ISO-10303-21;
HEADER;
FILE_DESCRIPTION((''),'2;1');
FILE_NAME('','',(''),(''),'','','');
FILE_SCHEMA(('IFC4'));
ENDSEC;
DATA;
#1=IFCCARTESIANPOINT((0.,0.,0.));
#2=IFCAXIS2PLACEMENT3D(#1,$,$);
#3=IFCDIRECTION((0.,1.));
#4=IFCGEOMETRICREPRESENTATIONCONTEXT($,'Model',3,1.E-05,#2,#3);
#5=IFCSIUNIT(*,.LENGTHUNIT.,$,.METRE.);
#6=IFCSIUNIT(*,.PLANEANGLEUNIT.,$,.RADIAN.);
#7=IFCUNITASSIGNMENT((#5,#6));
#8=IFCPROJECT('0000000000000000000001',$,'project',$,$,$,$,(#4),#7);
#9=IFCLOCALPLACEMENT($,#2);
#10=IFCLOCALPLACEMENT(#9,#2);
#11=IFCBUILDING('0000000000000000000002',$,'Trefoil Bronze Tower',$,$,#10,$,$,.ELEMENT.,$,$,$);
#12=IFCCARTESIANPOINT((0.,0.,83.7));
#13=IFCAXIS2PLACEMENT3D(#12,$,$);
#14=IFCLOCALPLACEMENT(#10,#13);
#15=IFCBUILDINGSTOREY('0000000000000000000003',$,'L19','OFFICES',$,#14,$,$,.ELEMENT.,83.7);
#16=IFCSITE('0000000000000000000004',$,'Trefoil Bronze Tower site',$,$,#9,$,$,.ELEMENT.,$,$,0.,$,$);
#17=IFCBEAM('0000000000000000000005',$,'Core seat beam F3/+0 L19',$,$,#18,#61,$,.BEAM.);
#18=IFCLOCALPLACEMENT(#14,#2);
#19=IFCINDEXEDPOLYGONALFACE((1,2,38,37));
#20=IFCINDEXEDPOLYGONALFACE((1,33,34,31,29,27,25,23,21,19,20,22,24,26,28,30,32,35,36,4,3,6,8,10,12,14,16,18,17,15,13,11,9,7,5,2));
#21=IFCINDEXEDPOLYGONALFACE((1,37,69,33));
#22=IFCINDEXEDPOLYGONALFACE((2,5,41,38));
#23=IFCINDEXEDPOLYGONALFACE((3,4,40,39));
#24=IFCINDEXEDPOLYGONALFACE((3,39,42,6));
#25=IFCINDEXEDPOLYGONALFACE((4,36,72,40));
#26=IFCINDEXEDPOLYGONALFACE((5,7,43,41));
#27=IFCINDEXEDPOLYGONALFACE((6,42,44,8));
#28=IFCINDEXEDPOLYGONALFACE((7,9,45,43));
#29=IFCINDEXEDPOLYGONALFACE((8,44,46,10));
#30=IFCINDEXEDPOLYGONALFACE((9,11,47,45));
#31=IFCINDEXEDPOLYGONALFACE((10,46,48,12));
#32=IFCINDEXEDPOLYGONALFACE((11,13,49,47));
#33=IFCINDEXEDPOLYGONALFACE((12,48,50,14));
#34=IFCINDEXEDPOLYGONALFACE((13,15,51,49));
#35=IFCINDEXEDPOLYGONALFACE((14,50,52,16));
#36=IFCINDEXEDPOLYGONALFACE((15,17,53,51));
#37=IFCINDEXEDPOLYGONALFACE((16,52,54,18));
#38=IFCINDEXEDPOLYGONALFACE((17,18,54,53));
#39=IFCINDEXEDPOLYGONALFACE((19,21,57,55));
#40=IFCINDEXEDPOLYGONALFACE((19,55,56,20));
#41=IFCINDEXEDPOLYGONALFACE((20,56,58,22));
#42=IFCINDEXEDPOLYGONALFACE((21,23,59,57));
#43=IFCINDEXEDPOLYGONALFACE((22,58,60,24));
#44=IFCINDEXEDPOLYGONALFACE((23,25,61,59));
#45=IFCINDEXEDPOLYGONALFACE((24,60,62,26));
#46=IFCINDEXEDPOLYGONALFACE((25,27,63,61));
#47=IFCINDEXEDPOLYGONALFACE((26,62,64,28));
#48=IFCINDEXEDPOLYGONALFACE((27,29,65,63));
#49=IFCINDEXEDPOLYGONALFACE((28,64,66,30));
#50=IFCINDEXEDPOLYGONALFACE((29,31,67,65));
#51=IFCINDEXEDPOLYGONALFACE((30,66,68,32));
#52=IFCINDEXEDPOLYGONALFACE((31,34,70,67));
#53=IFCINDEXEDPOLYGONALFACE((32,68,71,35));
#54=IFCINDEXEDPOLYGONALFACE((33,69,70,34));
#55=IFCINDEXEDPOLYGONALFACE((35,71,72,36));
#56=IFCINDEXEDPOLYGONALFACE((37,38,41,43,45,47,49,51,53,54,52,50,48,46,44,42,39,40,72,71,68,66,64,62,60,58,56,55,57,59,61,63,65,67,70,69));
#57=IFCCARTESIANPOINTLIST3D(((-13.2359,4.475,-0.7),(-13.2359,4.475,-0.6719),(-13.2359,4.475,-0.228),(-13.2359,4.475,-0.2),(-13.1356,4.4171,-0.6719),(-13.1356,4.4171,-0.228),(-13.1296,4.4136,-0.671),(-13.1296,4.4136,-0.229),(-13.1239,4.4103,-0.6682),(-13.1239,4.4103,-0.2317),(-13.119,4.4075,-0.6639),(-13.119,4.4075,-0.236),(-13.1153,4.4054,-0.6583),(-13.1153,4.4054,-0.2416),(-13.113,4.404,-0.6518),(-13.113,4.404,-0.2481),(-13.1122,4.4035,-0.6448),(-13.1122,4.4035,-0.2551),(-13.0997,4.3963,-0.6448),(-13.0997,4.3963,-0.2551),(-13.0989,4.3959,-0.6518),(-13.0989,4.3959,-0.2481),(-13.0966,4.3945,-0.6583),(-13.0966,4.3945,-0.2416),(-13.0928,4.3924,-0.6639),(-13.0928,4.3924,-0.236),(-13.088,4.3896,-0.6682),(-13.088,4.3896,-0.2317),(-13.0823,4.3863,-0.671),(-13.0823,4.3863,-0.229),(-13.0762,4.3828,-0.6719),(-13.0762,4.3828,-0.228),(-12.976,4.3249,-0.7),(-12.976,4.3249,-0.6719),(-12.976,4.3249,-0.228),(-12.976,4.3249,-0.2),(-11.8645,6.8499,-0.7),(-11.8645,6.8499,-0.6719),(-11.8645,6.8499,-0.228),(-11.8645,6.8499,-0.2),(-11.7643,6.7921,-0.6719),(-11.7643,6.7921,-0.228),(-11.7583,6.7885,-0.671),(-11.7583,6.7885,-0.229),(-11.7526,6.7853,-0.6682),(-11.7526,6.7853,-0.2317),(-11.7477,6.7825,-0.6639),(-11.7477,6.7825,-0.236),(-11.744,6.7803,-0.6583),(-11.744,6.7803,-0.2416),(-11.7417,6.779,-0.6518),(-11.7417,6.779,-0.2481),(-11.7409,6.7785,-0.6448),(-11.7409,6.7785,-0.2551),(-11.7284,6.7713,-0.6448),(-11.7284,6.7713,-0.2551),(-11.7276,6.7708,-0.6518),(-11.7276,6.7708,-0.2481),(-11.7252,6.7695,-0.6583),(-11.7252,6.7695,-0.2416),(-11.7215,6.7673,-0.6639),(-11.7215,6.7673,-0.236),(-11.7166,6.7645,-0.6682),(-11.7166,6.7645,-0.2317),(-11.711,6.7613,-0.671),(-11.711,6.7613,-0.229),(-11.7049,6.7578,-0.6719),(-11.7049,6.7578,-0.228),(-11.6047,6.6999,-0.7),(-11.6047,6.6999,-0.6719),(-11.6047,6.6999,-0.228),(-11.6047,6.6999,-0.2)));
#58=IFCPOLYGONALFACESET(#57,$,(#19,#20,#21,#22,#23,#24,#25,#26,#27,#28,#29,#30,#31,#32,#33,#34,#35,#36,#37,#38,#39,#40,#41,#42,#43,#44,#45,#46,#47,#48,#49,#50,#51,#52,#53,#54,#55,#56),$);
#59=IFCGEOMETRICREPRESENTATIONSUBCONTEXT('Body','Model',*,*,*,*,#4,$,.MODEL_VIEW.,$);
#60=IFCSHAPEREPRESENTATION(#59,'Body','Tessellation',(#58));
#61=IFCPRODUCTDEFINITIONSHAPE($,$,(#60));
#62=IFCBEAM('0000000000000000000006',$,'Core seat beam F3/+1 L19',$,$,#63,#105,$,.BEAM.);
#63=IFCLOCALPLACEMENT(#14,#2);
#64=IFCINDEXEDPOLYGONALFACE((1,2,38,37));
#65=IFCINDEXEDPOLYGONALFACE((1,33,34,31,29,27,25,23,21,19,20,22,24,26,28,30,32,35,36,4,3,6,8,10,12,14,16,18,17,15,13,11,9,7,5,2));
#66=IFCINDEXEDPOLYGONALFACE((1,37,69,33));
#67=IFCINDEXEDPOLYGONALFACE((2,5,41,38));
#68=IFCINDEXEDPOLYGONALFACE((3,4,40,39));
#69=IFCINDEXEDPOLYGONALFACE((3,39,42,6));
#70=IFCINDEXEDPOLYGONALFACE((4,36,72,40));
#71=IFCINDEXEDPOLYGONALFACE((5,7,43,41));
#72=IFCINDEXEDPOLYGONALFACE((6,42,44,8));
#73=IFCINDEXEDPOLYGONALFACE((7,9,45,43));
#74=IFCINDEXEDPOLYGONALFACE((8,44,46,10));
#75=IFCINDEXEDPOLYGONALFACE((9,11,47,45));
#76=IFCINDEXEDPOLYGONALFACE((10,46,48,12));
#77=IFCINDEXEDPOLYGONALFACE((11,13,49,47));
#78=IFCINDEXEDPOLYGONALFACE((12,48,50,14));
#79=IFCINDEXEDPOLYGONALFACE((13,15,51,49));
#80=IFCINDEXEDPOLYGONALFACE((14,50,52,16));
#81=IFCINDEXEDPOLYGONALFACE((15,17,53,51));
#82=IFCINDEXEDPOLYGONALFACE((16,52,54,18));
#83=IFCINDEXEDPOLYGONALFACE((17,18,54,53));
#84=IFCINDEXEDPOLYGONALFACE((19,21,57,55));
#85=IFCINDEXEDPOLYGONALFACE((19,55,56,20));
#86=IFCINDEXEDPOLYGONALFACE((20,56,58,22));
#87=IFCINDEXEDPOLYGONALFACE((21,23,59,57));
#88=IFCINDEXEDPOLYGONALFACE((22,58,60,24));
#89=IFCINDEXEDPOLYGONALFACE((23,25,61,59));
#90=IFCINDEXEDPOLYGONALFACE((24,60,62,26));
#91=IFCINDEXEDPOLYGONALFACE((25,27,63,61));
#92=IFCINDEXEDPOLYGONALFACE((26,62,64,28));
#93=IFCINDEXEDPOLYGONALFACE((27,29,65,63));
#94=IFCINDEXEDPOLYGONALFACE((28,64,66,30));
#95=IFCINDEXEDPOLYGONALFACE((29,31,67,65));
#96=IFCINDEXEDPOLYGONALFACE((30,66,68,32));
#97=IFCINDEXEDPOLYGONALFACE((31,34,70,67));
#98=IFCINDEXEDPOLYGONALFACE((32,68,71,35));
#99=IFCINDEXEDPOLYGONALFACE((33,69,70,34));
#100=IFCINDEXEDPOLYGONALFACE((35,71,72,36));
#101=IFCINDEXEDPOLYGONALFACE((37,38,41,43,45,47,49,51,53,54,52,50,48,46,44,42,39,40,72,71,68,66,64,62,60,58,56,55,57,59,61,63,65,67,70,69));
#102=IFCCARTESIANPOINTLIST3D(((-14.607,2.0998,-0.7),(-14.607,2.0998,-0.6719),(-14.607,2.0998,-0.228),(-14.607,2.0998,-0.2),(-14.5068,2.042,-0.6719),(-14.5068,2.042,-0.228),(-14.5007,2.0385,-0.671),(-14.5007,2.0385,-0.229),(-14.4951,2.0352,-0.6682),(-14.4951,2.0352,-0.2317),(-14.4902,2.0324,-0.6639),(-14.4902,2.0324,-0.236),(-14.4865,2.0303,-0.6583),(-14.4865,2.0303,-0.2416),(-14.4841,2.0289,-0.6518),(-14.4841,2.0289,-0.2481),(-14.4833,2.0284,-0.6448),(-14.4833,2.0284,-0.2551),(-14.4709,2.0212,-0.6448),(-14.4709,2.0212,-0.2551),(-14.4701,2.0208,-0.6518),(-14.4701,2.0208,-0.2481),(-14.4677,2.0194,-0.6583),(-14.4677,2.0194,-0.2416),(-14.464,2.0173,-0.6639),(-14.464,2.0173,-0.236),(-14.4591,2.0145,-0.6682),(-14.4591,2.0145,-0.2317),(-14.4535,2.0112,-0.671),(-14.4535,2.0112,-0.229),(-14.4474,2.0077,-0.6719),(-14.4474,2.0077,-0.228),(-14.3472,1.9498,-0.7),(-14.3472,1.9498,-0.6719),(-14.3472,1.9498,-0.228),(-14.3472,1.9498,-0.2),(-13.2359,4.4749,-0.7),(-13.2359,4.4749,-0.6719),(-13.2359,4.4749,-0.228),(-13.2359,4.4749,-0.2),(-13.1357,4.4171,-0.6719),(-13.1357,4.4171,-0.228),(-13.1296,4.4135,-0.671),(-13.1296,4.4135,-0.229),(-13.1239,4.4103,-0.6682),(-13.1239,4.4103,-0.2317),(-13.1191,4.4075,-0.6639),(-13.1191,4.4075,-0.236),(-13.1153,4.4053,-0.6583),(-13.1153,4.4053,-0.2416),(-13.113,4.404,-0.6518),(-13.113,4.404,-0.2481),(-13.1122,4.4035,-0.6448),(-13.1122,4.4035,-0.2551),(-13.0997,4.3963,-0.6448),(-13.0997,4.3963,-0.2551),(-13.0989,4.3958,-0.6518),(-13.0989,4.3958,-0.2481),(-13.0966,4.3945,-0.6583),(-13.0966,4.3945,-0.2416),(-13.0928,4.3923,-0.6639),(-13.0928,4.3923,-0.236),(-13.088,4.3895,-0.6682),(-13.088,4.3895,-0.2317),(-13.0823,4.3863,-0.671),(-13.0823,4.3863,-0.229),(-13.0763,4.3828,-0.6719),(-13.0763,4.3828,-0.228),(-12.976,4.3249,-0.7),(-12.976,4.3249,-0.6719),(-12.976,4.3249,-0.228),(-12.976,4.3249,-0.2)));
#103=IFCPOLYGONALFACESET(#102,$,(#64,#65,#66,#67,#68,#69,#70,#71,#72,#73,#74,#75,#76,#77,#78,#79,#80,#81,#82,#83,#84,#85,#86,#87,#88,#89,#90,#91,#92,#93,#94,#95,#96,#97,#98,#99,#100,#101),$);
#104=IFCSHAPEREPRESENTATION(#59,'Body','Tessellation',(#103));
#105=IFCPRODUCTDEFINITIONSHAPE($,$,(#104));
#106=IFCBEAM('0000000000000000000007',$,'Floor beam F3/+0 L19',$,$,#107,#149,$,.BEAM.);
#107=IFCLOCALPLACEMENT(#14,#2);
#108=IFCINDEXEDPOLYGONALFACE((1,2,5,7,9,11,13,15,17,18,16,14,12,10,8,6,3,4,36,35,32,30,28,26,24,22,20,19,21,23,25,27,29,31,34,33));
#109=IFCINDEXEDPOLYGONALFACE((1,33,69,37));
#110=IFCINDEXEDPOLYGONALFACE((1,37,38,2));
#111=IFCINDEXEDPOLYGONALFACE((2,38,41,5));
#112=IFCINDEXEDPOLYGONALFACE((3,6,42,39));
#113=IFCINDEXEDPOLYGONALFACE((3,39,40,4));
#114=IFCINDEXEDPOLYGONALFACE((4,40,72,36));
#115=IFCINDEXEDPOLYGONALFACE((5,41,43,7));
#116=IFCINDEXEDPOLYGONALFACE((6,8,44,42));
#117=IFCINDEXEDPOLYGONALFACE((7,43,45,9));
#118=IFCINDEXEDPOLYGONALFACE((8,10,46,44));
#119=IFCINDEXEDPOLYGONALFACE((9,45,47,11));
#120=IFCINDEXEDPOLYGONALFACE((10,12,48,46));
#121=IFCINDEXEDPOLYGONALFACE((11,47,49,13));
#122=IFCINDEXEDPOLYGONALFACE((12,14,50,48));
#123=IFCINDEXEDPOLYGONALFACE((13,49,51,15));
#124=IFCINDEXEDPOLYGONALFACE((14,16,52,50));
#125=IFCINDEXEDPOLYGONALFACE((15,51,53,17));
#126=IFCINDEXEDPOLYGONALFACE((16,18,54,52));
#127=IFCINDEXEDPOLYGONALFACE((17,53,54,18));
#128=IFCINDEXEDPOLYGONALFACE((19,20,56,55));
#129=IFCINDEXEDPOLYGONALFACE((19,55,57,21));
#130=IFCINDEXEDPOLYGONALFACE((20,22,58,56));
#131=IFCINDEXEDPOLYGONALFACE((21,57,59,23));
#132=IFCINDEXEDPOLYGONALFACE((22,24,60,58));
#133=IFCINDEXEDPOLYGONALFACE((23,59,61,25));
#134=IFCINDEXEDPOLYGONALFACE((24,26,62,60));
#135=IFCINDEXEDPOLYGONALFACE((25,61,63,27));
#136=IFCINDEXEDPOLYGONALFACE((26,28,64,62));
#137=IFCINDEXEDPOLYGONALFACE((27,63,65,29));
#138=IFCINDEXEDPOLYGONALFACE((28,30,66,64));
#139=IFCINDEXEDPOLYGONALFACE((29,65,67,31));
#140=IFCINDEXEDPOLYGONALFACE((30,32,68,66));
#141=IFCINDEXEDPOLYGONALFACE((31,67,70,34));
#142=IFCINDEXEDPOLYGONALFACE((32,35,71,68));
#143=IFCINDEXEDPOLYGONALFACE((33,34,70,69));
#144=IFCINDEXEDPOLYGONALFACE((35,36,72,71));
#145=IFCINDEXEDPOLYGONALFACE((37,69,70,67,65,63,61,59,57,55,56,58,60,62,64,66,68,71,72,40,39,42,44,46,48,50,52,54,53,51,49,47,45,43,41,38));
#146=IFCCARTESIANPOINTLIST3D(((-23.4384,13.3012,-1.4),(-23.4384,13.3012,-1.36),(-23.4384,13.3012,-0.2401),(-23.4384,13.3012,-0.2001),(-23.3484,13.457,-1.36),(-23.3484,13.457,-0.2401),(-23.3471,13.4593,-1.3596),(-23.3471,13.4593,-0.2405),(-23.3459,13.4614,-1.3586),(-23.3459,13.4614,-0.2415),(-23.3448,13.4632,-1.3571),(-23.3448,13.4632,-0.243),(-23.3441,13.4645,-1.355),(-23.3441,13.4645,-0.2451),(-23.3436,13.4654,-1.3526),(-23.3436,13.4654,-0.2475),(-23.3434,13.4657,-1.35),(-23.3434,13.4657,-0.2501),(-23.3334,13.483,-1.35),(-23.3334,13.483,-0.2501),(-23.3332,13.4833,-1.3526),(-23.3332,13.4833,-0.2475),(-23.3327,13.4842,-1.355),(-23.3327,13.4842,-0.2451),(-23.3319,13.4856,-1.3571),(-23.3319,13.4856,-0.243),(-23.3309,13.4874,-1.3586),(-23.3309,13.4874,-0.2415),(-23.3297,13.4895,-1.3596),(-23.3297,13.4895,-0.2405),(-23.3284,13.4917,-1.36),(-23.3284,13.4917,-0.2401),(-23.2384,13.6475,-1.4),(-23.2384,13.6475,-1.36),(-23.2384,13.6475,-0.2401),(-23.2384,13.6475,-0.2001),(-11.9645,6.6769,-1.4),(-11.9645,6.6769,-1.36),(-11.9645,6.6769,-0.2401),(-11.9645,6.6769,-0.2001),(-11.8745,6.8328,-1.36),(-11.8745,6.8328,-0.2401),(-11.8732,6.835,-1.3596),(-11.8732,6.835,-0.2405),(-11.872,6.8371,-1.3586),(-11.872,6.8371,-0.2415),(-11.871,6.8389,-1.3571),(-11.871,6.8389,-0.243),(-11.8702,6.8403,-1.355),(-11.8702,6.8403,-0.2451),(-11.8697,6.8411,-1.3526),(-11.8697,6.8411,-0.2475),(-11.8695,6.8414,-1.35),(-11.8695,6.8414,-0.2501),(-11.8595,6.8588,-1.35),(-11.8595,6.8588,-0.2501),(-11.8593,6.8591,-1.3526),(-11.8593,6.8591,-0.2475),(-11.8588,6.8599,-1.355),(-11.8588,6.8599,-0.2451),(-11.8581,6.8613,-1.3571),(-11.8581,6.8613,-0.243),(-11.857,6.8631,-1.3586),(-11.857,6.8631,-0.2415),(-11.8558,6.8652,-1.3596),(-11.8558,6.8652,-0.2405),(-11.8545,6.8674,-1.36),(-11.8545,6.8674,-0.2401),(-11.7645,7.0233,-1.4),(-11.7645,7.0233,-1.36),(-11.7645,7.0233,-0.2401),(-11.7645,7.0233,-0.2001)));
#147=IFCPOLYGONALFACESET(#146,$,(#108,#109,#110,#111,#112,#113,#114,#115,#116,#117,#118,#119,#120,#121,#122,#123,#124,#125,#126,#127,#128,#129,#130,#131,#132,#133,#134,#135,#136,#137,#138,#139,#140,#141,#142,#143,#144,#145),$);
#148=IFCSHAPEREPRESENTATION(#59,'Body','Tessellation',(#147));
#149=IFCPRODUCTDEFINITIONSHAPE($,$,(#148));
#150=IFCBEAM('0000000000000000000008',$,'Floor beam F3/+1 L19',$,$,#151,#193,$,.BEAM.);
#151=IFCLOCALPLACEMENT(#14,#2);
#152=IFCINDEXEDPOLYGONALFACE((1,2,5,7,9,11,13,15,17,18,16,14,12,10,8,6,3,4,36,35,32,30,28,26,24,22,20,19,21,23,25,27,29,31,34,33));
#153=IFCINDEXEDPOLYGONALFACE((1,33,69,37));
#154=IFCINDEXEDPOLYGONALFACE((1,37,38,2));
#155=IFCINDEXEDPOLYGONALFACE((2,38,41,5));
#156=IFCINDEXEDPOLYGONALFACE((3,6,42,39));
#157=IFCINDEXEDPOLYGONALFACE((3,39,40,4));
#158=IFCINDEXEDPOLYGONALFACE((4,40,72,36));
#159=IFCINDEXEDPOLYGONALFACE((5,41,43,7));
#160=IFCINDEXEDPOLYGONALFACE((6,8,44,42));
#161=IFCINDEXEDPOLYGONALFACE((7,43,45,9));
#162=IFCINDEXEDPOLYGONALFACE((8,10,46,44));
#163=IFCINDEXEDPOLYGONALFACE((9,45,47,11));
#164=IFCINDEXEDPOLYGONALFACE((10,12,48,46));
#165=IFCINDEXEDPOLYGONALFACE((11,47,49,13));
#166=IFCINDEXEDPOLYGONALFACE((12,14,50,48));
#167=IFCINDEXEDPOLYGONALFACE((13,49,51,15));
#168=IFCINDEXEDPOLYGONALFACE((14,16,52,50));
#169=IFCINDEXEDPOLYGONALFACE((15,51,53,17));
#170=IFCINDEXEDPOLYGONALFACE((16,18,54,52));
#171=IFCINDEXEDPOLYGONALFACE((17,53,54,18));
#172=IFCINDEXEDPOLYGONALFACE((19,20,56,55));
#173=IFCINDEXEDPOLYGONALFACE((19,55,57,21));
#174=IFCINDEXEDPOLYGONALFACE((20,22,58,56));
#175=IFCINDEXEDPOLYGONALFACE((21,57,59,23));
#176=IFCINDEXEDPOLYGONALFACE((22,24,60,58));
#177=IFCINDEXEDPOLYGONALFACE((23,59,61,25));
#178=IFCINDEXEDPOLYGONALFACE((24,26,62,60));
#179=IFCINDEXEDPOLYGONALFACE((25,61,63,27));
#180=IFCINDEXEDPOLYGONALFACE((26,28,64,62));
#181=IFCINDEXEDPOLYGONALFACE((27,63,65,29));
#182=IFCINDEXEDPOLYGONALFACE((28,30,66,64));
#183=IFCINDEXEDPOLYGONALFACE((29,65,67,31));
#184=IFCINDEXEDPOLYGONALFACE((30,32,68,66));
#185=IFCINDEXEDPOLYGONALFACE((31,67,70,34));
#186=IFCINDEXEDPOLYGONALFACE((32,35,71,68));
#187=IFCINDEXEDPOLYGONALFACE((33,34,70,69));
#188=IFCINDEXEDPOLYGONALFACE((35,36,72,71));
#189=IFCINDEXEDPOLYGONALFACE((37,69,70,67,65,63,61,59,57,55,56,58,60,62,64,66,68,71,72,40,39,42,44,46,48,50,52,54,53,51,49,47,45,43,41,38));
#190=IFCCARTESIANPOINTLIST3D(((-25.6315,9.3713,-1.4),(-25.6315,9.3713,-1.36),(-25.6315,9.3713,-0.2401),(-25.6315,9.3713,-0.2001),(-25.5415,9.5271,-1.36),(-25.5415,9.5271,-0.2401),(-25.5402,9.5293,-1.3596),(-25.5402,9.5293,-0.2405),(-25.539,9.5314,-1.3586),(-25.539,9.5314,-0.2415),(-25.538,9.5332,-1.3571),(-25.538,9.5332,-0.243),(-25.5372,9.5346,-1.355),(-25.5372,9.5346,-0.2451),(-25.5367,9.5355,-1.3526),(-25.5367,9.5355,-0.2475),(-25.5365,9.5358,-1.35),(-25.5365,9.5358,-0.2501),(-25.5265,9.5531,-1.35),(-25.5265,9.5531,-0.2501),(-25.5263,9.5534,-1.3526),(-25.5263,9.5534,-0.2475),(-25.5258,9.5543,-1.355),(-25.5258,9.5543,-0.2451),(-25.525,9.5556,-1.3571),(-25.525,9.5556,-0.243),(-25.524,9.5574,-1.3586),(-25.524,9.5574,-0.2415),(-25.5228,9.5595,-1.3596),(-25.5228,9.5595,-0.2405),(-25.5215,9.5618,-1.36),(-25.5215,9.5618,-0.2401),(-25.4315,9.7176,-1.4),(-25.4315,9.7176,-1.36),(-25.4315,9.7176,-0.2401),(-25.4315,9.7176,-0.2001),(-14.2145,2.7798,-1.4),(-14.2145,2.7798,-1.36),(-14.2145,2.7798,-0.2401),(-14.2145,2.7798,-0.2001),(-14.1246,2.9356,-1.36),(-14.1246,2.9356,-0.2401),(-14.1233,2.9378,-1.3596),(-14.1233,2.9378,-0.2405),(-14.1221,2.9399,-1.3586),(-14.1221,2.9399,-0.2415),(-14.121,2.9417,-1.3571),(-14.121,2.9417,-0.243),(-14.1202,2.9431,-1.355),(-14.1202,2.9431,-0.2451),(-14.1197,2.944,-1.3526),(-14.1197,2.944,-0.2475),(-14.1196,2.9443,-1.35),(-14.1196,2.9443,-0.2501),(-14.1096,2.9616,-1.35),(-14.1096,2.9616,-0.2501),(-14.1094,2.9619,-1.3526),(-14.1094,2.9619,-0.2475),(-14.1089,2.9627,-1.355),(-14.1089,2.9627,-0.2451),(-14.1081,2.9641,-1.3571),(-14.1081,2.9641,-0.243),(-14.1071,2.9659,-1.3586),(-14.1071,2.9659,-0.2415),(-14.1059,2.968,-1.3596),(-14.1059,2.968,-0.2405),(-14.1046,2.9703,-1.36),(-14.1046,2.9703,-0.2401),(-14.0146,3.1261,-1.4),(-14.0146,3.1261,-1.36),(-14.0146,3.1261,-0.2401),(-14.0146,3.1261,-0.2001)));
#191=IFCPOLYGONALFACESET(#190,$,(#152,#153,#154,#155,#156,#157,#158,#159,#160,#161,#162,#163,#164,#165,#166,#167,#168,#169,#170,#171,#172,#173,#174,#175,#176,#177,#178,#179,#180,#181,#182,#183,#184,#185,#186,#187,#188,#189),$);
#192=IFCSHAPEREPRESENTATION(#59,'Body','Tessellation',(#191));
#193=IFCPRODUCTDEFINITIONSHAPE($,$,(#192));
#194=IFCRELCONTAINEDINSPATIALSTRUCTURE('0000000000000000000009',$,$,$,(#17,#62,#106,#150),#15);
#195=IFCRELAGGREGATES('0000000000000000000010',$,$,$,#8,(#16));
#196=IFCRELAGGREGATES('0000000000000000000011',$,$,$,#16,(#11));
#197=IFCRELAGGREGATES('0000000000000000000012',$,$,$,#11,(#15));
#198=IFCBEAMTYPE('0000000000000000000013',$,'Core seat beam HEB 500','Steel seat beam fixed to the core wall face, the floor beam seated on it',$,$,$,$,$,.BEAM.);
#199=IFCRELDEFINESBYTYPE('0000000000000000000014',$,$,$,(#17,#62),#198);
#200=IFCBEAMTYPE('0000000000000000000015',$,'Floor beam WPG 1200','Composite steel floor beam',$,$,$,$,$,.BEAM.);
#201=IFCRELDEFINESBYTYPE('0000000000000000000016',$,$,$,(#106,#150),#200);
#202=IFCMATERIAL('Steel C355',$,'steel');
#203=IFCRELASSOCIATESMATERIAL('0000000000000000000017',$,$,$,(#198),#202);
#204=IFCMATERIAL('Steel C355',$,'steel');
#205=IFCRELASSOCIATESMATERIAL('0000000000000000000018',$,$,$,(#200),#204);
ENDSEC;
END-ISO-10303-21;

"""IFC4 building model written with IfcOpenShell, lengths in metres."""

from ifc_helpers import new_model, si_unit, direction, frame, origin, origin_2d, place, context, subcontext, project, spatial, i_section, extrude, material, material_profile, profile_set, type_object, element, save


model = new_model("IFC4")

# Units and contexts
model_context = context("Model", 3, precision=1e-05, world=origin(), true_north=direction((0.0, 1.0)))
body_context = subcontext(model_context, "Body", "Model", "MODEL_VIEW")
ifc_project = project(units=[si_unit("LENGTHUNIT", "METRE"), si_unit("PLANEANGLEUNIT", "RADIAN")], contexts=[model_context])

# Site, building, storey
site_placement = place(None, origin())
site = spatial("IfcSite", under=ifc_project, at=site_placement, Name="Trefoil Bronze Tower site", CompositionType="ELEMENT", RefElevation=0.0)
building_placement = place(site_placement, origin())
building = spatial("IfcBuilding", under=site, at=building_placement, Name="Trefoil Bronze Tower", CompositionType="ELEMENT")
storey_placement = place(building_placement, frame((0.0, 0.0, 83.7)))
storey = spatial("IfcBuildingStorey", under=building, at=storey_placement, Name="L19", Description="OFFICES", CompositionType="ELEMENT", Elevation=83.7)

# Beams
ifc_material_1 = material(Name="Steel C355", Category="steel")
ifc_material_profile_1 = material_profile(ifc_material_1, i_section(OverallWidth=0.3, OverallDepth=0.5, WebThickness=0.0144, FlangeThickness=0.0281, FilletRadius=0.0271, at=origin_2d()), Name="HEB 500")
ifc_profile_set_1 = profile_set([ifc_material_profile_1], Name="Steel C355")
beam_type_1 = type_object("IfcBeamType", Name="Core seat beam HEB 500", Description="Steel seat beam fixed to the core wall face, the floor beam seated on it", PredefinedType="BEAM", material=ifc_profile_set_1)
for number, where, z_axis, x_axis, name in (
    (1, (-11.7346, 6.7749, -0.45), (-0.500036, -0.866005, 0.0), (0.866005, -0.500036, 0.0), "Core seat beam F3/+0 L19"),
    (2, (-13.106, 4.3999, -0.45), (-0.499969, -0.866043, 0.0), (0.866043, -0.499969, 0.0), "Core seat beam F3/+1 L19"),
):
    element("IfcBeam", number, at=place(storey_placement, frame(where, z_axis=z_axis, x_axis=x_axis)), inside=storey, type_object=beam_type_1, Name=name, PredefinedType="BEAM", context=body_context, shape_type="SweptSolid", body=[
        extrude(i_section(OverallWidth=0.3, OverallDepth=0.5, WebThickness=0.0144, FlangeThickness=0.0281, FilletRadius=0.0271, at=origin_2d()), origin(), (0.0, 0.0, 1.0), 2.7424),
    ])
ifc_material_2 = material(Name="Steel C355", Category="steel")
ifc_material_profile_2 = material_profile(ifc_material_2, i_section(OverallWidth=0.3999, OverallDepth=1.2, WebThickness=0.02, FlangeThickness=0.04, FilletRadius=0.01, at=origin_2d()), Name="WPG 1200")
ifc_profile_set_2 = profile_set([ifc_material_profile_2], Name="Steel C355")
beam_type_2 = type_object("IfcBeamType", Name="Floor beam WPG 1200", Description="Composite steel floor beam", PredefinedType="BEAM", material=ifc_profile_set_2)
beam_1_placement = place(storey_placement, frame((-23.3384, 13.4744, -0.8), z_axis=(0.866031, -0.49999, 0.0), x_axis=(0.49999, 0.866031, 0.0)))
element("IfcBeam", 3, at=beam_1_placement, inside=storey, type_object=beam_type_2, Name="Floor beam F3/+0 L19", PredefinedType="BEAM", context=body_context, shape_type="SweptSolid", body=[
    extrude(i_section(OverallWidth=0.3999, OverallDepth=1.2, WebThickness=0.02, FlangeThickness=0.04, FilletRadius=0.01, at=origin_2d()), origin(), (0.0, 0.0, 1.0), 13.2488),
])
beam_2_placement = place(storey_placement, frame((-25.5315, 9.5444, -0.8), z_axis=(0.866027, -0.499997, 0.0), x_axis=(0.499997, 0.866027, 0.0)))
element("IfcBeam", 4, at=beam_2_placement, inside=storey, type_object=beam_type_2, Name="Floor beam F3/+1 L19", PredefinedType="BEAM", context=body_context, shape_type="SweptSolid", body=[
    extrude(i_section(OverallWidth=0.3999, OverallDepth=1.2, WebThickness=0.02, FlangeThickness=0.04, FilletRadius=0.01, at=origin_2d()), origin(), (0.0, 0.0, 1.0), 13.1831),
])

save(model, "model.ifc")
